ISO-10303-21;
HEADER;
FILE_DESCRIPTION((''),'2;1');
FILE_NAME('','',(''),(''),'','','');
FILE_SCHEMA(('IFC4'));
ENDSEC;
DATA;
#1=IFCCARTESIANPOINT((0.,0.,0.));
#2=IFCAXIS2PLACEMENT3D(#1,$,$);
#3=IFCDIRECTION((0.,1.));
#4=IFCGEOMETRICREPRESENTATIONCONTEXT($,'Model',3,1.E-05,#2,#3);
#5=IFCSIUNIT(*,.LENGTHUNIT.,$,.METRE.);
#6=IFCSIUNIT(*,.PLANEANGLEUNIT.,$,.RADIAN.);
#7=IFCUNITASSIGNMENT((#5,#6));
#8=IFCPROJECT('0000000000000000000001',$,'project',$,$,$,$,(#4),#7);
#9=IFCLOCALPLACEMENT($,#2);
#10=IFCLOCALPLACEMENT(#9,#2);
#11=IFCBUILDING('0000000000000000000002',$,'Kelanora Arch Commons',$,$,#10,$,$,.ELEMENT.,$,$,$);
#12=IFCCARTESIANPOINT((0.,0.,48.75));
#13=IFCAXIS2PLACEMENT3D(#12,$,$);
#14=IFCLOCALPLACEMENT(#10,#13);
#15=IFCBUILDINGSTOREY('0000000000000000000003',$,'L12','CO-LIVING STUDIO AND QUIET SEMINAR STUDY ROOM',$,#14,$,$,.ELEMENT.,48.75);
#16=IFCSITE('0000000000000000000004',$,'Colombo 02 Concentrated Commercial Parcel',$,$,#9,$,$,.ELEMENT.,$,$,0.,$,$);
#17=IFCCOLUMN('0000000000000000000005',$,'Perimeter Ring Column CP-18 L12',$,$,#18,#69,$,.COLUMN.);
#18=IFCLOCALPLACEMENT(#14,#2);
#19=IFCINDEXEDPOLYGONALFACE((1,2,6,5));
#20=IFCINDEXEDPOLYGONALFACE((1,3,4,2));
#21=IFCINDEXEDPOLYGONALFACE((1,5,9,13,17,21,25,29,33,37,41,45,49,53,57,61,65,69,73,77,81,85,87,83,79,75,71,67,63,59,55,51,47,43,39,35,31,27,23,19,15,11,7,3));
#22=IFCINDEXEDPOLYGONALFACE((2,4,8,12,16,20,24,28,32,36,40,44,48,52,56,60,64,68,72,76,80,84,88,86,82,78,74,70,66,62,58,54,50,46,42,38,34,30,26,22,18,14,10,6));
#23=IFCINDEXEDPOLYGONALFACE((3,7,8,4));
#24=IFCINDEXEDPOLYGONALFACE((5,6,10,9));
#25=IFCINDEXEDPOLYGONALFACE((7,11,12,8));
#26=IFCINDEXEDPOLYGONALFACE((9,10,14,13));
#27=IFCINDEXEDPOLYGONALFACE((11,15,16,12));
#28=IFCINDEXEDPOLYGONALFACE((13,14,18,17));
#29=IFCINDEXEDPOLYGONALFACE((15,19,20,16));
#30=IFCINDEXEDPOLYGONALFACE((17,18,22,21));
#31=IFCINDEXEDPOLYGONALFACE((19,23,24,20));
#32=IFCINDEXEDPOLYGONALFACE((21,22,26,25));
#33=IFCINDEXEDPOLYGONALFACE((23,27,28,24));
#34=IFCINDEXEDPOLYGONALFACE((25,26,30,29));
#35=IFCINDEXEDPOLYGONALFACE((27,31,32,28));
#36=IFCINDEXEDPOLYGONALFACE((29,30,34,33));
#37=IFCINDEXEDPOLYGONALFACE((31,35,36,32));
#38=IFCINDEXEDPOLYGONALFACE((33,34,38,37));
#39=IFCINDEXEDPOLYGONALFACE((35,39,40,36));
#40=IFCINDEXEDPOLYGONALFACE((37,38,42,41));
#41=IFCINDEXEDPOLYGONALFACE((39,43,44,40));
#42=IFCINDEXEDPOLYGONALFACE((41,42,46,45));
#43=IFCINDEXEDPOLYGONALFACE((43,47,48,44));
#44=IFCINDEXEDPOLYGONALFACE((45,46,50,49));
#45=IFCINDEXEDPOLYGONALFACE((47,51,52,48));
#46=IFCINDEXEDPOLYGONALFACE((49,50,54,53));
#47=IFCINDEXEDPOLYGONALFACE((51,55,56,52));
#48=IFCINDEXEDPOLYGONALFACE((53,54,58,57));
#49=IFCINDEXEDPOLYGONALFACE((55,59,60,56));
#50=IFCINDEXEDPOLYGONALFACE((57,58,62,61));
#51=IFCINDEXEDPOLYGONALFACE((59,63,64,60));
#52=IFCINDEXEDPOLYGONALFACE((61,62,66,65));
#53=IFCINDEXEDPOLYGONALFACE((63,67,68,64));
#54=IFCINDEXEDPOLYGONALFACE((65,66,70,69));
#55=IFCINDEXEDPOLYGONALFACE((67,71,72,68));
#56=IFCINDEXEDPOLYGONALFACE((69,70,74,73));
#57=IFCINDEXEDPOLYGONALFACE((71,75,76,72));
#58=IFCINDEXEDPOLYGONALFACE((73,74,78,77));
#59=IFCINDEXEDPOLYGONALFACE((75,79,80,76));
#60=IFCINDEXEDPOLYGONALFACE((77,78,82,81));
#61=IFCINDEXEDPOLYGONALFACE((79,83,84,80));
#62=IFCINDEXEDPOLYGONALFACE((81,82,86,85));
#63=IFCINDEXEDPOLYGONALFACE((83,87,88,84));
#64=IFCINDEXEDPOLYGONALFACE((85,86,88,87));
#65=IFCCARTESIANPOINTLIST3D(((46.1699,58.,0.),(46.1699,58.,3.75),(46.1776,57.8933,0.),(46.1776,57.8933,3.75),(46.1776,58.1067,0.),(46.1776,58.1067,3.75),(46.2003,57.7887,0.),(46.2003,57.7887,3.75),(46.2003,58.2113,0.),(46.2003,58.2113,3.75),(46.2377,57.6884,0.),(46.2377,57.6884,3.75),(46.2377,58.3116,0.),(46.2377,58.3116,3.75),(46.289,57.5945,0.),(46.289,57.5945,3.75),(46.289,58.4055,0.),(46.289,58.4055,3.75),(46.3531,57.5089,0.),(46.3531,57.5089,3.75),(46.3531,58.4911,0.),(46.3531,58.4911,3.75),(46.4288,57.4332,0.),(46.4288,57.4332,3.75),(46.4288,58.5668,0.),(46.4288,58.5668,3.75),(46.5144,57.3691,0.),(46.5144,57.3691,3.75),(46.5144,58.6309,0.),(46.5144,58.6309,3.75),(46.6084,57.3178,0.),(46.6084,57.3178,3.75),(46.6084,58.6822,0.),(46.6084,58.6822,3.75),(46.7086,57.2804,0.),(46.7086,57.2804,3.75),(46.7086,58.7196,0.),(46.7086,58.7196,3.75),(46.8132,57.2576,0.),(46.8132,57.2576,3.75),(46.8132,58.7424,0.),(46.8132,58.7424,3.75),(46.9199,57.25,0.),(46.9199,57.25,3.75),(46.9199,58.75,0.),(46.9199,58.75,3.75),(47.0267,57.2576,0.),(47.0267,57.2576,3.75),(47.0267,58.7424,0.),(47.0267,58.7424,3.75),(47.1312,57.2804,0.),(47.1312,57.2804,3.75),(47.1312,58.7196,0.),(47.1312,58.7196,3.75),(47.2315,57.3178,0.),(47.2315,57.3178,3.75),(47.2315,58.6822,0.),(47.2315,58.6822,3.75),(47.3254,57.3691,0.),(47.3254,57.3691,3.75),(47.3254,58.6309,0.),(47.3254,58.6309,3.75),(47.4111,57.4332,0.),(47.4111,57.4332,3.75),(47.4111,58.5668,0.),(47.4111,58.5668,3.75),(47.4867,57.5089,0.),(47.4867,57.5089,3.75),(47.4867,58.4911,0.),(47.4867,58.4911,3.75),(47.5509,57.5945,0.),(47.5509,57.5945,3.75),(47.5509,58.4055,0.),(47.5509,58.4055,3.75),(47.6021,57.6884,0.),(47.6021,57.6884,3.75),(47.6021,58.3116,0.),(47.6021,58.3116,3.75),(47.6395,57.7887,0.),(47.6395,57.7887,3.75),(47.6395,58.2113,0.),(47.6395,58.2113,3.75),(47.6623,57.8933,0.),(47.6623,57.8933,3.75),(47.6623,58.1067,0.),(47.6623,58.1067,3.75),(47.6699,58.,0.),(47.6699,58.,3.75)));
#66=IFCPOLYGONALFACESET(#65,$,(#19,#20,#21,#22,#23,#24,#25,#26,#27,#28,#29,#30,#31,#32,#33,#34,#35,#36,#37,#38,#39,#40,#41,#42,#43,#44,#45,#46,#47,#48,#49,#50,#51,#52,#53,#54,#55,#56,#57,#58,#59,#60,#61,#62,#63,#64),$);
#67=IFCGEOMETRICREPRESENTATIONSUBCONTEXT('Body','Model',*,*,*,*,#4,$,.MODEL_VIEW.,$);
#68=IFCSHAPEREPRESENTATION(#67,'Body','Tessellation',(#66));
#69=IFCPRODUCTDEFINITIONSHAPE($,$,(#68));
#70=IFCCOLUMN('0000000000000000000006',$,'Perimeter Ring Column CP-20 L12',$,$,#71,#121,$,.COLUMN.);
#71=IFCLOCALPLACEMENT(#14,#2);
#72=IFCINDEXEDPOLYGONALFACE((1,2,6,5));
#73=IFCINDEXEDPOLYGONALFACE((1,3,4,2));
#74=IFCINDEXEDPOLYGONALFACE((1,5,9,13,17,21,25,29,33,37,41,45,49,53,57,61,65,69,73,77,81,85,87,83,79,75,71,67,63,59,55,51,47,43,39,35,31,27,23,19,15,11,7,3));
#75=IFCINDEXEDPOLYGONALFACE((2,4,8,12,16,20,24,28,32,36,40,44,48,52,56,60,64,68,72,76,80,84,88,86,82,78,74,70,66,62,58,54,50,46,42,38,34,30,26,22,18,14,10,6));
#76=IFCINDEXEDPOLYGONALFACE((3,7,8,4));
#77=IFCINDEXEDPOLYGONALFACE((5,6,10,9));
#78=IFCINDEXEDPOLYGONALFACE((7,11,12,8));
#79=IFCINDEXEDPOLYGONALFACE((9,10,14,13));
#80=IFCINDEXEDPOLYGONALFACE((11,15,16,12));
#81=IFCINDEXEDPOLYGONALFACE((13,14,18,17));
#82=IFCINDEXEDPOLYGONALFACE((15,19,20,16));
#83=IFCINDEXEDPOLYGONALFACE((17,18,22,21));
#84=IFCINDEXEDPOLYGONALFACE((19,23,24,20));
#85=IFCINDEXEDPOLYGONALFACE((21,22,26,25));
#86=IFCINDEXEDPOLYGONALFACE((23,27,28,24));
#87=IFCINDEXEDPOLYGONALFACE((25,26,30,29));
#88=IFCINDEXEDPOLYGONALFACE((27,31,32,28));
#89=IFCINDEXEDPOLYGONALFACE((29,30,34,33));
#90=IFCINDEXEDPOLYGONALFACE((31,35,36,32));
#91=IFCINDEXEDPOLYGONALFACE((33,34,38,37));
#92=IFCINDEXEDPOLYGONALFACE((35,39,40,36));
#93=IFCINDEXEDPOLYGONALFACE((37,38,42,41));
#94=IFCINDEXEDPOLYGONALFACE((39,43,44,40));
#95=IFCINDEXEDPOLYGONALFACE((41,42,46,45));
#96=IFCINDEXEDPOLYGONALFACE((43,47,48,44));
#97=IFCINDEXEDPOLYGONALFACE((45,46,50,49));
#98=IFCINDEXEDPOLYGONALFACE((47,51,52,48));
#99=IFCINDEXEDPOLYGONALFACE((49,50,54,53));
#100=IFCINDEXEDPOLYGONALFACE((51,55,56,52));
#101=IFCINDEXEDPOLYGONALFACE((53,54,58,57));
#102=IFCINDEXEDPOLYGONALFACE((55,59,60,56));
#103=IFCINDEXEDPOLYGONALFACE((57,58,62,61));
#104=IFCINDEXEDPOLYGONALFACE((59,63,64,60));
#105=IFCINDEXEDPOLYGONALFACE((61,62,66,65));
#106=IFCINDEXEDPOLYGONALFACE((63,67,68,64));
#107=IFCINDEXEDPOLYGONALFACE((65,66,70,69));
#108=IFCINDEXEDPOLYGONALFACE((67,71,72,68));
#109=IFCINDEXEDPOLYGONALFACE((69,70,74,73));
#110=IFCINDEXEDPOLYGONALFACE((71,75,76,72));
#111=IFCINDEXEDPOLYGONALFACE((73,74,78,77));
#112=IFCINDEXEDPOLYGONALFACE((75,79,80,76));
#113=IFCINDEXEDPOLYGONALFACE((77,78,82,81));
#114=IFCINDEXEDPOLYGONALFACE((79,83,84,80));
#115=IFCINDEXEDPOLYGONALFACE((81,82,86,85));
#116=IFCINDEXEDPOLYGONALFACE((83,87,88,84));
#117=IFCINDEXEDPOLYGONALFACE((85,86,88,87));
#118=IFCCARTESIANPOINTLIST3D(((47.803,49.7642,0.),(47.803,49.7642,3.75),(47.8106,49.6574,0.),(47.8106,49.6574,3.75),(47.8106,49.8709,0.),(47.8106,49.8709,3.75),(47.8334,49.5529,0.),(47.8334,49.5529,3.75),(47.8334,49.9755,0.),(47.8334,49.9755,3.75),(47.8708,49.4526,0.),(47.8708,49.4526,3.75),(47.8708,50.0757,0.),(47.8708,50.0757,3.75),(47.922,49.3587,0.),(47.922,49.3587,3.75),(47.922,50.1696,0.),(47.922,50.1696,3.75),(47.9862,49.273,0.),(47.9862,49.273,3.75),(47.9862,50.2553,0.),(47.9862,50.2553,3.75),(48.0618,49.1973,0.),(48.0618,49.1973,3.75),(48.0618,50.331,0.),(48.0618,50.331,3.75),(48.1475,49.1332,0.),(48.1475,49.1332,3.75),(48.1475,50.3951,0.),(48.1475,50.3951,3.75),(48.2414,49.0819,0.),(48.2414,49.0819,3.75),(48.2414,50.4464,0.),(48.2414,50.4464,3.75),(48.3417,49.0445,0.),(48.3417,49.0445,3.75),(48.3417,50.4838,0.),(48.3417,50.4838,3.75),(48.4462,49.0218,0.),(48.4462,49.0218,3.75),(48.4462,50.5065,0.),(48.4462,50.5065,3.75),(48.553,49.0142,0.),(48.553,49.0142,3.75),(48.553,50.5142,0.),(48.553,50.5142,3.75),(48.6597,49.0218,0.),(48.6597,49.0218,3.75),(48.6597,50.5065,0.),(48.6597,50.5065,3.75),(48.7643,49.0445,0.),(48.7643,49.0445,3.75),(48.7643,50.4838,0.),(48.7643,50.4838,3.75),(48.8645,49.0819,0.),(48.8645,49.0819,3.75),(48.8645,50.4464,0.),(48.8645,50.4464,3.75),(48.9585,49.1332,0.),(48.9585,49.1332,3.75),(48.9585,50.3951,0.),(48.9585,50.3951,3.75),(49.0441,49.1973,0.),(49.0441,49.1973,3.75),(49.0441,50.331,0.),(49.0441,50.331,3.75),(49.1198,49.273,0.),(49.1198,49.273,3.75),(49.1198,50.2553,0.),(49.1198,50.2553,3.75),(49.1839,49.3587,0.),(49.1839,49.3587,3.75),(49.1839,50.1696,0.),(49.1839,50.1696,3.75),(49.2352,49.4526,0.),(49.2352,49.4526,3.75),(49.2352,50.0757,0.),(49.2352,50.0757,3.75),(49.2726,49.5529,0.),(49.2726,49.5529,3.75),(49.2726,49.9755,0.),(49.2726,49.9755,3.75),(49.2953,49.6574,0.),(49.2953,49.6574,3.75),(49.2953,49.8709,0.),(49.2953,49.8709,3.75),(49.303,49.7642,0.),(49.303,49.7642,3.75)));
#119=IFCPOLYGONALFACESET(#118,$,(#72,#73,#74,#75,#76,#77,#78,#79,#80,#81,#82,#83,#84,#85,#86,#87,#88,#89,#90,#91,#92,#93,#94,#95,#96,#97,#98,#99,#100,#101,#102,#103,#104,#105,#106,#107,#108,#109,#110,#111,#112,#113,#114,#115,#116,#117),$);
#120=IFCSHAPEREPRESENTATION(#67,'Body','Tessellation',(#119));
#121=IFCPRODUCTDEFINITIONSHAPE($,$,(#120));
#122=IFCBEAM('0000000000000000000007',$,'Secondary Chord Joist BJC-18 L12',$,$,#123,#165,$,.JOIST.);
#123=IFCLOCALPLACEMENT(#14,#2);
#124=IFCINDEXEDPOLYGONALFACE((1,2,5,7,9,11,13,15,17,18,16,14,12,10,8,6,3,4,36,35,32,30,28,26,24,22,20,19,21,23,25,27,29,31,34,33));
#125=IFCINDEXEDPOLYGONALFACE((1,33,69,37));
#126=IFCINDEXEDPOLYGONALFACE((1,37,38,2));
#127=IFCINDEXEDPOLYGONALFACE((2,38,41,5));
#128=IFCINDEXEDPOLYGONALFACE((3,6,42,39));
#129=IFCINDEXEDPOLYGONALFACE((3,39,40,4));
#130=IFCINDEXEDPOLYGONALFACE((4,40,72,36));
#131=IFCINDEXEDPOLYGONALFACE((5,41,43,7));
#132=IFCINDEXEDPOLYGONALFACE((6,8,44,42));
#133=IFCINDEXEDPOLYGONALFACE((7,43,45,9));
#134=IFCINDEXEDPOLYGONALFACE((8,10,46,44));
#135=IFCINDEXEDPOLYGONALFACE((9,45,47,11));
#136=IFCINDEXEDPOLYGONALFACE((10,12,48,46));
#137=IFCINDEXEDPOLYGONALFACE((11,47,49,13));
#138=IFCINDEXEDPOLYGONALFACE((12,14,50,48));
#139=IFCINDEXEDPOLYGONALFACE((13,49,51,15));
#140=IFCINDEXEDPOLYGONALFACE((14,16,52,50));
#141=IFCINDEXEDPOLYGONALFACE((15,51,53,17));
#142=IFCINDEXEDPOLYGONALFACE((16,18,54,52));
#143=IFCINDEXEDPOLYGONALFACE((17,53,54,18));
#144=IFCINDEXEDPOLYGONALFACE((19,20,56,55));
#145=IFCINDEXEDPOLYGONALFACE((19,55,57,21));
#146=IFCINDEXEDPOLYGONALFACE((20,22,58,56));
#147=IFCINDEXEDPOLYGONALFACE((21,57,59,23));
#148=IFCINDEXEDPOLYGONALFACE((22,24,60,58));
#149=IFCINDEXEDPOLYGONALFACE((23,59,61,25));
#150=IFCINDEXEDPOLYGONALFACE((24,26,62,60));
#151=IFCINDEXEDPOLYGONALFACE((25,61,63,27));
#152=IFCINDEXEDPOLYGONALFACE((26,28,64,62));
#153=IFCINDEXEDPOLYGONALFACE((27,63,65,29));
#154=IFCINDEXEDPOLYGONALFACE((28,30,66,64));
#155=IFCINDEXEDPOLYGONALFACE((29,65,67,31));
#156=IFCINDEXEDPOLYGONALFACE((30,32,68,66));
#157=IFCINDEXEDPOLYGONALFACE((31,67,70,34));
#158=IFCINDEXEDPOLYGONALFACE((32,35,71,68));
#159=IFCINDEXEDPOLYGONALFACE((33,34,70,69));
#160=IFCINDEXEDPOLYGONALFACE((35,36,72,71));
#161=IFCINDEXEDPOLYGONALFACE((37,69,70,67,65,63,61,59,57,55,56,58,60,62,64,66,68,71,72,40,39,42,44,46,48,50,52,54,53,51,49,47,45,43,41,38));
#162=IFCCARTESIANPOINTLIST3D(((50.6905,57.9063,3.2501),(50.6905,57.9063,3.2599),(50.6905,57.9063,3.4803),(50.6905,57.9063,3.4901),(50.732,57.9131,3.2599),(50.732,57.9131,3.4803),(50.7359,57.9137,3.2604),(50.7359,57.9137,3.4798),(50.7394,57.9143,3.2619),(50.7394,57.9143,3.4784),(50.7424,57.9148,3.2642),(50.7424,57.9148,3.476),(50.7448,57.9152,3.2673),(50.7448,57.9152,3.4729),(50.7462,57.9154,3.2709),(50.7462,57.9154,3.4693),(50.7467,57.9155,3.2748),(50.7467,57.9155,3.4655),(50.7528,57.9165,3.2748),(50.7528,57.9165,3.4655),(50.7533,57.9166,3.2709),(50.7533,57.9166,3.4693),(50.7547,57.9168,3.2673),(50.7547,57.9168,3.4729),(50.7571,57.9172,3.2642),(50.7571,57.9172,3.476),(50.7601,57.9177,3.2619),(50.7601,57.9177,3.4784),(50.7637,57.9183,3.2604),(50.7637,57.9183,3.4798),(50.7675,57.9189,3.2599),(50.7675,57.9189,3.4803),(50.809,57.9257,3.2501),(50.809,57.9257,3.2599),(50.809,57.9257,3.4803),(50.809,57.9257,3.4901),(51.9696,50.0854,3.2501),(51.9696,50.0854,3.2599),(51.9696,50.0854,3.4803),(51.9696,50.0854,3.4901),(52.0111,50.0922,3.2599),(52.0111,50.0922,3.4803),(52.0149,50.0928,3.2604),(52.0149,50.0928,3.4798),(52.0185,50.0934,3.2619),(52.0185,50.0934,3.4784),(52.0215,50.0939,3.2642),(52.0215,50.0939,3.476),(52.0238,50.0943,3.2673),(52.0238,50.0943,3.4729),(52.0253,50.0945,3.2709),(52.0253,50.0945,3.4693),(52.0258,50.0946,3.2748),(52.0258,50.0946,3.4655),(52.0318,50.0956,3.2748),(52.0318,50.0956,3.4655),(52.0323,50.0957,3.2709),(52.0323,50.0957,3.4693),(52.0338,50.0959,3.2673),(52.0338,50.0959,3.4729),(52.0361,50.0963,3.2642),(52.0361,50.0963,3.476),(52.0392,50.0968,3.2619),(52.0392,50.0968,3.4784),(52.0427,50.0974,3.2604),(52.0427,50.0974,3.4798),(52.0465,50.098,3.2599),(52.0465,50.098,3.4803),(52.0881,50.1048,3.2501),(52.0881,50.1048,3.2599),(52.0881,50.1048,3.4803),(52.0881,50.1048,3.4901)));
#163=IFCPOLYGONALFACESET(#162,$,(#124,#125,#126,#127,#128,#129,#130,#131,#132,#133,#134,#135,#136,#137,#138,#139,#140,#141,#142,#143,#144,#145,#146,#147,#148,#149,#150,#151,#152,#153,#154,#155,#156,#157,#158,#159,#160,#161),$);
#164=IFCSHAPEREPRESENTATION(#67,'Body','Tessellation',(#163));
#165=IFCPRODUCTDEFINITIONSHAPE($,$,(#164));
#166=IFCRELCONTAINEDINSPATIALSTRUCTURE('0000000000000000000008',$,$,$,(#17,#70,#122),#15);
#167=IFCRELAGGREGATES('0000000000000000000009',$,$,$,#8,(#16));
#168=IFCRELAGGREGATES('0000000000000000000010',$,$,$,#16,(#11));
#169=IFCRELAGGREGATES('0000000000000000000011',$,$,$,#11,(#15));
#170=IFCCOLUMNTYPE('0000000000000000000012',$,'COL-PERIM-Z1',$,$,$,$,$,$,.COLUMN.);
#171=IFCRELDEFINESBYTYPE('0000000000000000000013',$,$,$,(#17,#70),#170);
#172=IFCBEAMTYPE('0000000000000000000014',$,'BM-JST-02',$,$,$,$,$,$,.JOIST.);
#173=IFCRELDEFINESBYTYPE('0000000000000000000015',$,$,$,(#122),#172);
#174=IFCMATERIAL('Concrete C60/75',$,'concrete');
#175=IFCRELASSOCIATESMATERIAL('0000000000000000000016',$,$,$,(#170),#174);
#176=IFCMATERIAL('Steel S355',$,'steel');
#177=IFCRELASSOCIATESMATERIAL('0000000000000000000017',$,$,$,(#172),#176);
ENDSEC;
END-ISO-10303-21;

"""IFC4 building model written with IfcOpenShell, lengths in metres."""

from ifc_helpers import new_model, si_unit, direction, frame, origin, origin_2d, place, context, subcontext, project, spatial, circle, i_section, extrude, material, material_profile, profile_set, type_object, element, save


model = new_model("IFC4")

# Units and contexts
model_context = context("Model", 3, precision=1e-05, world=origin(), true_north=direction((0.0, 1.0)))
body_context = subcontext(model_context, "Body", "Model", "MODEL_VIEW")
ifc_project = project(units=[si_unit("LENGTHUNIT", "METRE"), si_unit("PLANEANGLEUNIT", "RADIAN")], contexts=[model_context])

# Site, building, storey
site_placement = place(None, origin())
site = spatial("IfcSite", under=ifc_project, at=site_placement, Name="Colombo 02 Concentrated Commercial Parcel", CompositionType="ELEMENT", RefElevation=0.0)
building_placement = place(site_placement, origin())
building = spatial("IfcBuilding", under=site, at=building_placement, Name="Kelanora Arch Commons", CompositionType="ELEMENT")
storey_placement = place(building_placement, frame((0.0, 0.0, 48.75)))
storey = spatial("IfcBuildingStorey", under=building, at=storey_placement, Name="L12", Description="CO-LIVING STUDIO AND QUIET SEMINAR STUDY ROOM", CompositionType="ELEMENT", Elevation=48.75)

# Columns
ifc_material_1 = material(Name="Concrete C60/75", Category="concrete")
ifc_material_profile_1 = material_profile(ifc_material_1, circle(Radius=0.75, at=origin_2d()), Name="RCC1500")
ifc_profile_set_1 = profile_set([ifc_material_profile_1], Name="Concrete C60/75")
column_type = type_object("IfcColumnType", Name="COL-PERIM-Z1", PredefinedType="COLUMN", material=ifc_profile_set_1)
for number, where, z_axis, x_axis, name in (
    (1, (46.9199, 58.0, 0.0), (0.0, 0.0, 1.0), (1.0, 0.0, 0.0), "Perimeter Ring Column CP-18 L12"),
    (2, (48.553, 49.7642, 0.0), (0.0, 0.0, 1.0), (1.0, 0.0, 0.0), "Perimeter Ring Column CP-20 L12"),
):
    element("IfcColumn", number, at=place(storey_placement, frame(where, z_axis=z_axis, x_axis=x_axis)), inside=storey, type_object=column_type, Name=name, PredefinedType="COLUMN", context=body_context, shape_type="SweptSolid", body=[
        extrude(circle(Radius=0.75, at=origin_2d()), origin(), (0.0, 0.0, 1.0), 3.75),
    ])

# Beam
ifc_material_2 = material(Name="Steel S355", Category="steel")
ifc_material_profile_2 = material_profile(ifc_material_2, i_section(OverallWidth=0.1201, OverallDepth=0.24, WebThickness=0.0061, FlangeThickness=0.0098, FilletRadius=0.0149, at=origin_2d()), Name="IPE240")
ifc_profile_set_2 = profile_set([ifc_material_profile_2], Name="Steel S355")
beam_type_1 = type_object("IfcBeamType", Name="BM-JST-02", PredefinedType="JOIST", material=ifc_profile_set_2)
beam_1_placement = place(storey_placement, frame((50.7498, 57.916, 3.3701), z_axis=(0.161401, -0.986889, 0.0), x_axis=(0.986889, 0.161401, 0.0)))
element("IfcBeam", 3, at=beam_1_placement, inside=storey, type_object=beam_type_1, Name="Secondary Chord Joist BJC-18 L12", PredefinedType="JOIST", context=body_context, shape_type="SweptSolid", body=[
    extrude(i_section(OverallWidth=0.1201, OverallDepth=0.24, WebThickness=0.0061, FlangeThickness=0.0098, FilletRadius=0.0149, at=origin_2d()), origin(), (0.0, 0.0, 1.0), 7.9248),
])

save(model, "model.ifc")
